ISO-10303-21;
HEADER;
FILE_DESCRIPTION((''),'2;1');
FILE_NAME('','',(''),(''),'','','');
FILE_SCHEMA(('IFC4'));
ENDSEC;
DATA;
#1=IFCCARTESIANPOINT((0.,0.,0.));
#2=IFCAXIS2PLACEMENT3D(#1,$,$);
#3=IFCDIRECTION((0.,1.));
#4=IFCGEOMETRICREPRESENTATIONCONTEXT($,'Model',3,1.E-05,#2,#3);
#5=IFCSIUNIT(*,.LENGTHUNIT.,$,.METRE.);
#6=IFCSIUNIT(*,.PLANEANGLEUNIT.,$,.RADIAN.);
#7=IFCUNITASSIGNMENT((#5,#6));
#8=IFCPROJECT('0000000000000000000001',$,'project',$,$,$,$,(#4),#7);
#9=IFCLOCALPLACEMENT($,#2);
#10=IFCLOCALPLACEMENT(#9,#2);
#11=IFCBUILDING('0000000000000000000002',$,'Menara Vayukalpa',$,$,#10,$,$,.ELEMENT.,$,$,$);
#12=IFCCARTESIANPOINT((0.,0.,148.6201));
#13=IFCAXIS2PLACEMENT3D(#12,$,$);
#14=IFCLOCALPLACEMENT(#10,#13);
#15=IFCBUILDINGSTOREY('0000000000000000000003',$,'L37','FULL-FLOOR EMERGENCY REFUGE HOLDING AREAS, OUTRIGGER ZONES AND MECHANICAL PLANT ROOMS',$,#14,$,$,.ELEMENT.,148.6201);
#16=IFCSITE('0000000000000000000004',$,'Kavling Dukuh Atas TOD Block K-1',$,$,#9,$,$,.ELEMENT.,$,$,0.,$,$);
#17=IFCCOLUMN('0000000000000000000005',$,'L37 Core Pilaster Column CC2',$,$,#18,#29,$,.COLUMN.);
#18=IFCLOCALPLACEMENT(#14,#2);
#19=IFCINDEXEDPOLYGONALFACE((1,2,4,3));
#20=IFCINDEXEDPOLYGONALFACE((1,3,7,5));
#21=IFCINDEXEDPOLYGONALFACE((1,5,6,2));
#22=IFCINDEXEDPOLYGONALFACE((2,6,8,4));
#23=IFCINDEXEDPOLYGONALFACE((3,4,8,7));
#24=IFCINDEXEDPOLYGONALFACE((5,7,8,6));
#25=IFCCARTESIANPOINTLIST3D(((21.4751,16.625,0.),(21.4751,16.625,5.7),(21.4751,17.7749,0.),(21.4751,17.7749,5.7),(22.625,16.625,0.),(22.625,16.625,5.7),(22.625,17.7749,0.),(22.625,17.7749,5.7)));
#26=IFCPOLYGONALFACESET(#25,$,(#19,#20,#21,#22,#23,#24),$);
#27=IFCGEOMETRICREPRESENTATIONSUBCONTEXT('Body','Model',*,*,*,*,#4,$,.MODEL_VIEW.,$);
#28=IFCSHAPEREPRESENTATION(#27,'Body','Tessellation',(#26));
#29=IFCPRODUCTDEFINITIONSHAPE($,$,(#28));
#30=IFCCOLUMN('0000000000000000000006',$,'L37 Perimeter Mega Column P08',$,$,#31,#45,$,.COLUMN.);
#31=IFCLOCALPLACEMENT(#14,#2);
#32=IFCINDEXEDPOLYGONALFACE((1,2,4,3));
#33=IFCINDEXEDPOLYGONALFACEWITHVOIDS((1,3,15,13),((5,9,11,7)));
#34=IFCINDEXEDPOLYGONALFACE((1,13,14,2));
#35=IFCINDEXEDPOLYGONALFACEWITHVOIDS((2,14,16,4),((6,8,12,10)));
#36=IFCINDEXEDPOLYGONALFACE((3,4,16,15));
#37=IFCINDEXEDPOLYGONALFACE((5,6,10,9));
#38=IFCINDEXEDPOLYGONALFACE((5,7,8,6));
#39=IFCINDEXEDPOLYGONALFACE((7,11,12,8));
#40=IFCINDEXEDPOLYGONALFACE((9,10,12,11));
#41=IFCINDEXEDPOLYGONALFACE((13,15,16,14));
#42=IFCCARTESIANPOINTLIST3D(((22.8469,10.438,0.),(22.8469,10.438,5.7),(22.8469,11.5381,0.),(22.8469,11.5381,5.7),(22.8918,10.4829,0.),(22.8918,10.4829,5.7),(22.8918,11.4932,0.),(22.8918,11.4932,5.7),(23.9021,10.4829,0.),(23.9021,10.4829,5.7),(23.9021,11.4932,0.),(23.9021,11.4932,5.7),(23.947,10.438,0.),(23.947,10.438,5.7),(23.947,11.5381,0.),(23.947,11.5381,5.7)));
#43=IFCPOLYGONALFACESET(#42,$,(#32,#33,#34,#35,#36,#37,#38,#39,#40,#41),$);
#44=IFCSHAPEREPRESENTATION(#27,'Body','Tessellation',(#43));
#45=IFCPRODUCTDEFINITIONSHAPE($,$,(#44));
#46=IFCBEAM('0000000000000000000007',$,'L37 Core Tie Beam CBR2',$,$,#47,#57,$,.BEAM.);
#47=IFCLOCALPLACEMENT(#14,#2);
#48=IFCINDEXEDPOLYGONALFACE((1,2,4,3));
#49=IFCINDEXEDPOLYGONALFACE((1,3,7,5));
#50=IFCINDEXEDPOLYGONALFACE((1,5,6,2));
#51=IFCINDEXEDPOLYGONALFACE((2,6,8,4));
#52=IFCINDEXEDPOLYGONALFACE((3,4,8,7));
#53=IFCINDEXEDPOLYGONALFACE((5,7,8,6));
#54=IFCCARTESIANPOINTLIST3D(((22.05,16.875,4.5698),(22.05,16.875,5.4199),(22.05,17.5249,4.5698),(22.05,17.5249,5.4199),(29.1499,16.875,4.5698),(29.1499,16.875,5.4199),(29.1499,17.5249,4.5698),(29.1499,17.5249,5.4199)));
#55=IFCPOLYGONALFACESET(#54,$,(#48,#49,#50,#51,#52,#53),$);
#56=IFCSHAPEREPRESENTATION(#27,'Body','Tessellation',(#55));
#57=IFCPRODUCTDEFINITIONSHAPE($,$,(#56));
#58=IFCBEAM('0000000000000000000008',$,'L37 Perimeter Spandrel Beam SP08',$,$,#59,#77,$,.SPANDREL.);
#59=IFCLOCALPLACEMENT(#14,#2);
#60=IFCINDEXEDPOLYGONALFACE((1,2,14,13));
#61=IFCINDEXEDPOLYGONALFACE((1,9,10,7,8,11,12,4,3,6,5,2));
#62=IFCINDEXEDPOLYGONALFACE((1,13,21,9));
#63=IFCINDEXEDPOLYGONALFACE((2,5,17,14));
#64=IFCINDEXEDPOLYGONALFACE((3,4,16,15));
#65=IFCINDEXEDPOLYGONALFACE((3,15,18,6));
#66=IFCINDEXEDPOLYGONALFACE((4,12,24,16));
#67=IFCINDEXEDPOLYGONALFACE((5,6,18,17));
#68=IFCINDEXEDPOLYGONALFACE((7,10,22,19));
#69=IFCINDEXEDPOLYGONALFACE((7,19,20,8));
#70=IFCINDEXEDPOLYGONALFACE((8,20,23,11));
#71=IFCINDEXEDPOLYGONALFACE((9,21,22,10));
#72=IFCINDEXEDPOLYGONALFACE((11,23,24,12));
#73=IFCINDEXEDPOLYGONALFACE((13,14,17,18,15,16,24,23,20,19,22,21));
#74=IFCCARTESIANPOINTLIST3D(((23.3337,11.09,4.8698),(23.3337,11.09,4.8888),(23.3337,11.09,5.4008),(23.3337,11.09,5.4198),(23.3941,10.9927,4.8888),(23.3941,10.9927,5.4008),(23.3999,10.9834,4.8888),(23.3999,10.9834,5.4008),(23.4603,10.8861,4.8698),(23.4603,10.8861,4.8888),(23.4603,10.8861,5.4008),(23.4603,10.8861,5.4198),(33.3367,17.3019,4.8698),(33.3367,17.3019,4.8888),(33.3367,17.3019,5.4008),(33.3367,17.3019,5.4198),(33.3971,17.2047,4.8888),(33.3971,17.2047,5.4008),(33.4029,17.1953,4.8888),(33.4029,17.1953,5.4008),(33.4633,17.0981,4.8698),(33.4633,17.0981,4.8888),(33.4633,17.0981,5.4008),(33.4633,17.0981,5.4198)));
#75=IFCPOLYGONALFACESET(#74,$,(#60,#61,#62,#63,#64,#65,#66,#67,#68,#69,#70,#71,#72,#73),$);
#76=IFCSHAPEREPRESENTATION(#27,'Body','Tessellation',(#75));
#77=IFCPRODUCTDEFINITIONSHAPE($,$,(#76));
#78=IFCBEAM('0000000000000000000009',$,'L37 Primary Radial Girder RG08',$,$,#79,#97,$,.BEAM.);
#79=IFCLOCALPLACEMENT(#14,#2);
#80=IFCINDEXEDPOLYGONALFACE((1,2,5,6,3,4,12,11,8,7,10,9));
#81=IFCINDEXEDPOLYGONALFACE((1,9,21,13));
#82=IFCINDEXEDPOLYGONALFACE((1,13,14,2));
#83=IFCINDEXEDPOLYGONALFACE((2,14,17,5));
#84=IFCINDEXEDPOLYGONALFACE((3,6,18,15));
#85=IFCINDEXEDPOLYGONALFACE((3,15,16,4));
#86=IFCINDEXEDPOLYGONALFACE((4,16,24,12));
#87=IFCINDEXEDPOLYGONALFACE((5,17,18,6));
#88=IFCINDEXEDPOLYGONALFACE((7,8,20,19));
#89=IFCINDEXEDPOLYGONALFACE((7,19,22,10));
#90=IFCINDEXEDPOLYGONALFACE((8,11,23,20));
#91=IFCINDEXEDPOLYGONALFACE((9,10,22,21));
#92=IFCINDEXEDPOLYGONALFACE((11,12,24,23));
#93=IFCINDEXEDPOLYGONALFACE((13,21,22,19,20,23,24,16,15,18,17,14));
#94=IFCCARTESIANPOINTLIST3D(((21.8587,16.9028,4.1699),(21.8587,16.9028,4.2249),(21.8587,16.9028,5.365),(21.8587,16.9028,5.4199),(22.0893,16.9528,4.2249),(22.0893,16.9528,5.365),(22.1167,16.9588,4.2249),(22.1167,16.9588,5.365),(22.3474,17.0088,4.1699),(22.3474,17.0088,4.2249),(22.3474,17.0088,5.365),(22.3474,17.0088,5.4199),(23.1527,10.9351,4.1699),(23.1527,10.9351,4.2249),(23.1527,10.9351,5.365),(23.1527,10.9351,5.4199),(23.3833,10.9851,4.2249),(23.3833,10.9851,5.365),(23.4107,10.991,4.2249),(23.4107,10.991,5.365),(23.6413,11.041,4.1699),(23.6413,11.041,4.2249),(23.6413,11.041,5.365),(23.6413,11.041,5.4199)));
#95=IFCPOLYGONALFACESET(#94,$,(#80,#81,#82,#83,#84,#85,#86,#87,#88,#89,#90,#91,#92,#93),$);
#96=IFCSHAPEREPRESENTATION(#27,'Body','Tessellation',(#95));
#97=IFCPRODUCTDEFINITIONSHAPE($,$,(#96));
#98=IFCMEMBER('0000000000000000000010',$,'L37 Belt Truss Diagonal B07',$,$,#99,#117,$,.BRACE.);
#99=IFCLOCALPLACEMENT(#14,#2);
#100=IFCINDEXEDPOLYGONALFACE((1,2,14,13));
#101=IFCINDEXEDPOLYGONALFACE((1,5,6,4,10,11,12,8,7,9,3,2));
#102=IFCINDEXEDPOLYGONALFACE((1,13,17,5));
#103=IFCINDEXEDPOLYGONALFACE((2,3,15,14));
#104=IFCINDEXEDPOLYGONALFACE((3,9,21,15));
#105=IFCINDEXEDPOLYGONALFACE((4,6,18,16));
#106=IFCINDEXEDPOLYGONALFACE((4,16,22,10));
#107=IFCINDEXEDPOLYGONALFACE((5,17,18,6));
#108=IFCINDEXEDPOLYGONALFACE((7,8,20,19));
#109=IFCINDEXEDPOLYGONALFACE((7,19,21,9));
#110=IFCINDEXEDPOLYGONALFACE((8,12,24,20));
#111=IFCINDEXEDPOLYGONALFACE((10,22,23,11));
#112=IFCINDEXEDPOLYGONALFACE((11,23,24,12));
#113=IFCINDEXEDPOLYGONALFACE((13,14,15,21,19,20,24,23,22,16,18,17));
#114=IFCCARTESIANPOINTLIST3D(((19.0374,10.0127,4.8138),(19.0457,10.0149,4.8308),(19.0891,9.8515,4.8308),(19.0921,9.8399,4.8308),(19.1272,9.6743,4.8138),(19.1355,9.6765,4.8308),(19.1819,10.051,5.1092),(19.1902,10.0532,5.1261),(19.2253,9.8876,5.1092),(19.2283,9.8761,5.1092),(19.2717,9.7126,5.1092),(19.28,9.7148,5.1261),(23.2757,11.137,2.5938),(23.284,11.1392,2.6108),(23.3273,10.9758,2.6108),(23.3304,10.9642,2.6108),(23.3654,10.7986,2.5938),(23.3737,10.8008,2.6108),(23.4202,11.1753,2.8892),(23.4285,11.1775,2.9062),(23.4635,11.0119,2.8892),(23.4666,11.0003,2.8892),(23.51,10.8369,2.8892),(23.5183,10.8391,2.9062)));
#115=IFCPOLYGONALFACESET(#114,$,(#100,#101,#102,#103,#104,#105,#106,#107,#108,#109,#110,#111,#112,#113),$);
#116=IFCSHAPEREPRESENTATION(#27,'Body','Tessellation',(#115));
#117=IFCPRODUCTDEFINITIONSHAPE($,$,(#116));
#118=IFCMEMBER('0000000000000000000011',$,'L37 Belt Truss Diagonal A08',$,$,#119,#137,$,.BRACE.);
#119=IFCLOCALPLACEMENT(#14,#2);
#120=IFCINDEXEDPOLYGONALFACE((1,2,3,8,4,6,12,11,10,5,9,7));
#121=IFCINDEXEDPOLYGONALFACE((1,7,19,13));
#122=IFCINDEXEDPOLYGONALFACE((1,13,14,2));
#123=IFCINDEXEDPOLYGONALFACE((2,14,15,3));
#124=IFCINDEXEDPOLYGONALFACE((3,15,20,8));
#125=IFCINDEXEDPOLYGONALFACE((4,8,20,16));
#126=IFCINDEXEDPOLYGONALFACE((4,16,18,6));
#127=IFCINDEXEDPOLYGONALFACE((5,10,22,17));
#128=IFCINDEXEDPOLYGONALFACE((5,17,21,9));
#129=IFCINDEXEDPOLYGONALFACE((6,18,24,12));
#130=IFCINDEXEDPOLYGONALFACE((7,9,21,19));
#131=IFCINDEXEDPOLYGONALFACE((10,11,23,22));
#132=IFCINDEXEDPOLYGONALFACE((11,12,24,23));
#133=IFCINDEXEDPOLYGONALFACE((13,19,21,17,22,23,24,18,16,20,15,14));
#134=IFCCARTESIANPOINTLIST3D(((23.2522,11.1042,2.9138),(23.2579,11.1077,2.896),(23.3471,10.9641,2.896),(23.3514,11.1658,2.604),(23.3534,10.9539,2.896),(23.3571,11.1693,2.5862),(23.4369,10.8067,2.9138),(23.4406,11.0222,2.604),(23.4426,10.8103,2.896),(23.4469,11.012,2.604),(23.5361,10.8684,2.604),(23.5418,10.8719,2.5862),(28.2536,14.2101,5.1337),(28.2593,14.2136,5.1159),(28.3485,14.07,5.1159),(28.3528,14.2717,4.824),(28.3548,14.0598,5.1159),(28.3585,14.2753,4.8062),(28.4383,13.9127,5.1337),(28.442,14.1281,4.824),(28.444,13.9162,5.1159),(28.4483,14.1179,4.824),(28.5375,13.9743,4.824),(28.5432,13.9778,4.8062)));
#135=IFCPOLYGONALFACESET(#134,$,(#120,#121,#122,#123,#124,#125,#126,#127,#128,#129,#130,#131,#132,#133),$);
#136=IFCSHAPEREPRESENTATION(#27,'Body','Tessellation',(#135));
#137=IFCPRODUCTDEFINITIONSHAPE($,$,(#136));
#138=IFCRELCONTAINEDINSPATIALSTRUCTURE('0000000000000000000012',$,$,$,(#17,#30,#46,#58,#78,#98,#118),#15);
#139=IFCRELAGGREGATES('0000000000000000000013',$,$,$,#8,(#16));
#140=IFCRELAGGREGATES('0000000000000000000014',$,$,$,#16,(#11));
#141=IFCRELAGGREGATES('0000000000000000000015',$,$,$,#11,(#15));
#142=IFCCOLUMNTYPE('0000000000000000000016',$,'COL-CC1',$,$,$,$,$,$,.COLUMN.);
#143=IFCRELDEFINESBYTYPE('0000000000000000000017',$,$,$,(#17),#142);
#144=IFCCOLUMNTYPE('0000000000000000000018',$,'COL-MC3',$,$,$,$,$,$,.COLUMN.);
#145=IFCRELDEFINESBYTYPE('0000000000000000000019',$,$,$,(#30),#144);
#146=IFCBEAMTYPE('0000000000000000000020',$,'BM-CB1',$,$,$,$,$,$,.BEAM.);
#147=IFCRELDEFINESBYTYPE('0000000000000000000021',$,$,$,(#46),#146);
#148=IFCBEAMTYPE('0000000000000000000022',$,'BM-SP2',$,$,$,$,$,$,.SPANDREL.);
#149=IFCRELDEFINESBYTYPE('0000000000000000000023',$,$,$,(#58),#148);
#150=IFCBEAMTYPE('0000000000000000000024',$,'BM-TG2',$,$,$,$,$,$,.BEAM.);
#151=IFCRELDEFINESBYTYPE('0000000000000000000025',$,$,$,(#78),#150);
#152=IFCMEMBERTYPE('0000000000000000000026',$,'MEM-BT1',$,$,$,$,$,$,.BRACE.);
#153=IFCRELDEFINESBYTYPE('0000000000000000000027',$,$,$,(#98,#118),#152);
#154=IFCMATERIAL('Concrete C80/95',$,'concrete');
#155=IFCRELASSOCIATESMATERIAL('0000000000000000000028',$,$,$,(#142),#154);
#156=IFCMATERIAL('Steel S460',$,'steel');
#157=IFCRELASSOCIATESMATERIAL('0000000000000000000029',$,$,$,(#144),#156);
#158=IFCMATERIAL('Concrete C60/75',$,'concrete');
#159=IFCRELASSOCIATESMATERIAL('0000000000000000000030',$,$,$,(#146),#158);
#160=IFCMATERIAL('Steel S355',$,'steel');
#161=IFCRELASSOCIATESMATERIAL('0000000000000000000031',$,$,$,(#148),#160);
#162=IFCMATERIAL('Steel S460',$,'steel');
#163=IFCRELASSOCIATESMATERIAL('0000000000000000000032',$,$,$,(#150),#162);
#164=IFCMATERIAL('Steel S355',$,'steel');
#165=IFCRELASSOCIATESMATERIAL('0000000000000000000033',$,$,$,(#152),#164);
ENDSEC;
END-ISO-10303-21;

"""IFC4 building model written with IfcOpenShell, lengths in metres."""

from ifc_helpers import new_model, si_unit, direction, frame, origin, origin_2d, place, context, subcontext, project, spatial, rectangle, hollow_rectangle, i_section, extrude, material, material_profile, profile_set, type_object, element, save


model = new_model("IFC4")

# Units and contexts
model_context = context("Model", 3, precision=1e-05, world=origin(), true_north=direction((0.0, 1.0)))
body_context = subcontext(model_context, "Body", "Model", "MODEL_VIEW")
ifc_project = project(units=[si_unit("LENGTHUNIT", "METRE"), si_unit("PLANEANGLEUNIT", "RADIAN")], contexts=[model_context])

# Site, building, storey
site_placement = place(None, origin())
site = spatial("IfcSite", under=ifc_project, at=site_placement, Name="Kavling Dukuh Atas TOD Block K-1", CompositionType="ELEMENT", RefElevation=0.0)
building_placement = place(site_placement, origin())
building = spatial("IfcBuilding", under=site, at=building_placement, Name="Menara Vayukalpa", CompositionType="ELEMENT")
storey_placement = place(building_placement, frame((0.0, 0.0, 148.6201)))
storey = spatial("IfcBuildingStorey", under=building, at=storey_placement, Name="L37", Description="FULL-FLOOR EMERGENCY REFUGE HOLDING AREAS, OUTRIGGER ZONES AND MECHANICAL PLANT ROOMS", CompositionType="ELEMENT", Elevation=148.6201)

# Columns
ifc_material_1 = material(Name="Concrete C80/95", Category="concrete")
ifc_material_profile_1 = material_profile(ifc_material_1, rectangle(XDim=1.1499, YDim=1.1499, at=origin_2d()), Name="RC 1150x1150")
ifc_profile_set_1 = profile_set([ifc_material_profile_1], Name="Concrete C80/95")
column_type_1 = type_object("IfcColumnType", Name="COL-CC1", PredefinedType="COLUMN", material=ifc_profile_set_1)
column_1_placement = place(storey_placement, frame((22.05, 17.2, 0.0), z_axis=(0.0, 0.0, 1.0), x_axis=(1.0, 0.0, 0.0)))
element("IfcColumn", 1, at=column_1_placement, inside=storey, type_object=column_type_1, Name="L37 Core Pilaster Column CC2", PredefinedType="COLUMN", context=body_context, shape_type="SweptSolid", body=[
    extrude(rectangle(XDim=1.1499, YDim=1.1499, at=origin_2d()), origin(), (0.0, 0.0, 1.0), 5.7),
])
ifc_material_2 = material(Name="Steel S460", Category="steel")
ifc_material_profile_2 = material_profile(ifc_material_2, hollow_rectangle(XDim=1.1001, YDim=1.1001, WallThickness=0.0449, at=origin_2d()), Name="BOX 1100x1100x45")
ifc_profile_set_2 = profile_set([ifc_material_profile_2], Name="Steel S460")
column_type_2 = type_object("IfcColumnType", Name="COL-MC3", PredefinedType="COLUMN", material=ifc_profile_set_2)
column_2_placement = place(storey_placement, frame((23.397, 10.988, 0.0), z_axis=(0.0, 0.0, 1.0), x_axis=(1.0, 0.0, 0.0)))
element("IfcColumn", 2, at=column_2_placement, inside=storey, type_object=column_type_2, Name="L37 Perimeter Mega Column P08", PredefinedType="COLUMN", context=body_context, shape_type="SweptSolid", body=[
    extrude(hollow_rectangle(XDim=1.1001, YDim=1.1001, WallThickness=0.0449, at=origin_2d()), origin(), (0.0, 0.0, 1.0), 5.7),
])

# Beams
ifc_material_3 = material(Name="Concrete C60/75", Category="concrete")
ifc_material_profile_3 = material_profile(ifc_material_3, rectangle(XDim=0.6499, YDim=0.8501, at=origin_2d()), Name="RC 650x850")
ifc_profile_set_3 = profile_set([ifc_material_profile_3], Name="Concrete C60/75")
beam_type_1 = type_object("IfcBeamType", Name="BM-CB1", PredefinedType="BEAM", material=ifc_profile_set_3)
beam_1_placement = place(storey_placement, frame((22.05, 17.2, 4.9949), z_axis=(1.0, 0.0, 0.0), x_axis=(0.0, 1.0, 0.0)))
element("IfcBeam", 3, at=beam_1_placement, inside=storey, type_object=beam_type_1, Name="L37 Core Tie Beam CBR2", PredefinedType="BEAM", context=body_context, shape_type="SweptSolid", body=[
    extrude(rectangle(XDim=0.6499, YDim=0.8501, at=origin_2d()), origin(), (0.0, 0.0, 1.0), 7.0999),
])
ifc_material_4 = material(Name="Steel S355", Category="steel")
ifc_material_profile_4 = material_profile(ifc_material_4, i_section(OverallWidth=0.24, OverallDepth=0.55, WebThickness=0.011, FlangeThickness=0.019, at=origin_2d()), Name="WF 550x240x11x19")
ifc_profile_set_4 = profile_set([ifc_material_profile_4], Name="Steel S355")
beam_type_2 = type_object("IfcBeamType", Name="BM-SP2", PredefinedType="SPANDREL", material=ifc_profile_set_4)
beam_2_placement = place(storey_placement, frame((23.397, 10.988, 5.1448), z_axis=(0.849518, 0.527559, 0.0), x_axis=(-0.527559, 0.849518, 0.0)))
element("IfcBeam", 4, at=beam_2_placement, inside=storey, type_object=beam_type_2, Name="L37 Perimeter Spandrel Beam SP08", PredefinedType="SPANDREL", context=body_context, shape_type="SweptSolid", body=[
    extrude(i_section(OverallWidth=0.24, OverallDepth=0.55, WebThickness=0.011, FlangeThickness=0.019, at=origin_2d()), origin(), (0.0, 0.0, 1.0), 11.7749),
])
ifc_material_5 = material(Name="Steel S460", Category="steel")
ifc_material_profile_5 = material_profile(ifc_material_5, i_section(OverallWidth=0.5, OverallDepth=1.25, WebThickness=0.0281, FlangeThickness=0.0549, at=origin_2d()), Name="WG 1250x500x28x55")
ifc_profile_set_5 = profile_set([ifc_material_profile_5], Name="Steel S460")
beam_type_3 = type_object("IfcBeamType", Name="BM-TG2", PredefinedType="BEAM", material=ifc_profile_set_5)
beam_3_placement = place(storey_placement, frame((22.103, 16.9558, 4.7949), z_axis=(0.211898, -0.977292, 0.0), x_axis=(0.977292, 0.211898, 0.0)))
element("IfcBeam", 5, at=beam_3_placement, inside=storey, type_object=beam_type_3, Name="L37 Primary Radial Girder RG08", PredefinedType="BEAM", context=body_context, shape_type="SweptSolid", body=[
    extrude(i_section(OverallWidth=0.5, OverallDepth=1.25, WebThickness=0.0281, FlangeThickness=0.0549, at=origin_2d()), origin(), (0.0, 0.0, 1.0), 6.1064),
])

# Members
ifc_material_6 = material(Name="Steel S355", Category="steel")
ifc_material_profile_6 = material_profile(ifc_material_6, i_section(OverallWidth=0.3501, OverallDepth=0.3501, WebThickness=0.012, FlangeThickness=0.019, at=origin_2d()), Name="H 350x350x12x19")
ifc_profile_set_6 = profile_set([ifc_material_profile_6], Name="Steel S355")
member_type_1 = type_object("IfcMemberType", Name="MEM-BT1", PredefinedType="BRACE", material=ifc_profile_set_6)
member_1_placement = place(storey_placement, frame((23.397, 10.988, 2.75), z_axis=(-0.86235, -0.228751, 0.451691), x_axis=(0.256398, -0.966571, 0.0)))
element("IfcMember", 6, at=member_1_placement, inside=storey, type_object=member_type_1, Name="L37 Belt Truss Diagonal B07", PredefinedType="BRACE", context=body_context, shape_type="SweptSolid", body=[
    extrude(i_section(OverallWidth=0.3501, OverallDepth=0.3501, WebThickness=0.012, FlangeThickness=0.019, at=origin_2d()), origin(), (0.0, 0.0, 1.0), 4.9148),
])
member_2_placement = place(storey_placement, frame((23.397, 10.988, 2.75), z_axis=(0.794886, 0.493632, 0.352822), x_axis=(-0.527559, 0.849518, 0.0)))
element("IfcMember", 7, at=member_2_placement, inside=storey, type_object=member_type_1, Name="L37 Belt Truss Diagonal A08", PredefinedType="BRACE", context=body_context, shape_type="SweptSolid", body=[
    extrude(i_section(OverallWidth=0.3501, OverallDepth=0.3501, WebThickness=0.012, FlangeThickness=0.019, at=origin_2d()), origin(), (0.0, 0.0, 1.0), 6.292),
])

save(model, "model.ifc")
